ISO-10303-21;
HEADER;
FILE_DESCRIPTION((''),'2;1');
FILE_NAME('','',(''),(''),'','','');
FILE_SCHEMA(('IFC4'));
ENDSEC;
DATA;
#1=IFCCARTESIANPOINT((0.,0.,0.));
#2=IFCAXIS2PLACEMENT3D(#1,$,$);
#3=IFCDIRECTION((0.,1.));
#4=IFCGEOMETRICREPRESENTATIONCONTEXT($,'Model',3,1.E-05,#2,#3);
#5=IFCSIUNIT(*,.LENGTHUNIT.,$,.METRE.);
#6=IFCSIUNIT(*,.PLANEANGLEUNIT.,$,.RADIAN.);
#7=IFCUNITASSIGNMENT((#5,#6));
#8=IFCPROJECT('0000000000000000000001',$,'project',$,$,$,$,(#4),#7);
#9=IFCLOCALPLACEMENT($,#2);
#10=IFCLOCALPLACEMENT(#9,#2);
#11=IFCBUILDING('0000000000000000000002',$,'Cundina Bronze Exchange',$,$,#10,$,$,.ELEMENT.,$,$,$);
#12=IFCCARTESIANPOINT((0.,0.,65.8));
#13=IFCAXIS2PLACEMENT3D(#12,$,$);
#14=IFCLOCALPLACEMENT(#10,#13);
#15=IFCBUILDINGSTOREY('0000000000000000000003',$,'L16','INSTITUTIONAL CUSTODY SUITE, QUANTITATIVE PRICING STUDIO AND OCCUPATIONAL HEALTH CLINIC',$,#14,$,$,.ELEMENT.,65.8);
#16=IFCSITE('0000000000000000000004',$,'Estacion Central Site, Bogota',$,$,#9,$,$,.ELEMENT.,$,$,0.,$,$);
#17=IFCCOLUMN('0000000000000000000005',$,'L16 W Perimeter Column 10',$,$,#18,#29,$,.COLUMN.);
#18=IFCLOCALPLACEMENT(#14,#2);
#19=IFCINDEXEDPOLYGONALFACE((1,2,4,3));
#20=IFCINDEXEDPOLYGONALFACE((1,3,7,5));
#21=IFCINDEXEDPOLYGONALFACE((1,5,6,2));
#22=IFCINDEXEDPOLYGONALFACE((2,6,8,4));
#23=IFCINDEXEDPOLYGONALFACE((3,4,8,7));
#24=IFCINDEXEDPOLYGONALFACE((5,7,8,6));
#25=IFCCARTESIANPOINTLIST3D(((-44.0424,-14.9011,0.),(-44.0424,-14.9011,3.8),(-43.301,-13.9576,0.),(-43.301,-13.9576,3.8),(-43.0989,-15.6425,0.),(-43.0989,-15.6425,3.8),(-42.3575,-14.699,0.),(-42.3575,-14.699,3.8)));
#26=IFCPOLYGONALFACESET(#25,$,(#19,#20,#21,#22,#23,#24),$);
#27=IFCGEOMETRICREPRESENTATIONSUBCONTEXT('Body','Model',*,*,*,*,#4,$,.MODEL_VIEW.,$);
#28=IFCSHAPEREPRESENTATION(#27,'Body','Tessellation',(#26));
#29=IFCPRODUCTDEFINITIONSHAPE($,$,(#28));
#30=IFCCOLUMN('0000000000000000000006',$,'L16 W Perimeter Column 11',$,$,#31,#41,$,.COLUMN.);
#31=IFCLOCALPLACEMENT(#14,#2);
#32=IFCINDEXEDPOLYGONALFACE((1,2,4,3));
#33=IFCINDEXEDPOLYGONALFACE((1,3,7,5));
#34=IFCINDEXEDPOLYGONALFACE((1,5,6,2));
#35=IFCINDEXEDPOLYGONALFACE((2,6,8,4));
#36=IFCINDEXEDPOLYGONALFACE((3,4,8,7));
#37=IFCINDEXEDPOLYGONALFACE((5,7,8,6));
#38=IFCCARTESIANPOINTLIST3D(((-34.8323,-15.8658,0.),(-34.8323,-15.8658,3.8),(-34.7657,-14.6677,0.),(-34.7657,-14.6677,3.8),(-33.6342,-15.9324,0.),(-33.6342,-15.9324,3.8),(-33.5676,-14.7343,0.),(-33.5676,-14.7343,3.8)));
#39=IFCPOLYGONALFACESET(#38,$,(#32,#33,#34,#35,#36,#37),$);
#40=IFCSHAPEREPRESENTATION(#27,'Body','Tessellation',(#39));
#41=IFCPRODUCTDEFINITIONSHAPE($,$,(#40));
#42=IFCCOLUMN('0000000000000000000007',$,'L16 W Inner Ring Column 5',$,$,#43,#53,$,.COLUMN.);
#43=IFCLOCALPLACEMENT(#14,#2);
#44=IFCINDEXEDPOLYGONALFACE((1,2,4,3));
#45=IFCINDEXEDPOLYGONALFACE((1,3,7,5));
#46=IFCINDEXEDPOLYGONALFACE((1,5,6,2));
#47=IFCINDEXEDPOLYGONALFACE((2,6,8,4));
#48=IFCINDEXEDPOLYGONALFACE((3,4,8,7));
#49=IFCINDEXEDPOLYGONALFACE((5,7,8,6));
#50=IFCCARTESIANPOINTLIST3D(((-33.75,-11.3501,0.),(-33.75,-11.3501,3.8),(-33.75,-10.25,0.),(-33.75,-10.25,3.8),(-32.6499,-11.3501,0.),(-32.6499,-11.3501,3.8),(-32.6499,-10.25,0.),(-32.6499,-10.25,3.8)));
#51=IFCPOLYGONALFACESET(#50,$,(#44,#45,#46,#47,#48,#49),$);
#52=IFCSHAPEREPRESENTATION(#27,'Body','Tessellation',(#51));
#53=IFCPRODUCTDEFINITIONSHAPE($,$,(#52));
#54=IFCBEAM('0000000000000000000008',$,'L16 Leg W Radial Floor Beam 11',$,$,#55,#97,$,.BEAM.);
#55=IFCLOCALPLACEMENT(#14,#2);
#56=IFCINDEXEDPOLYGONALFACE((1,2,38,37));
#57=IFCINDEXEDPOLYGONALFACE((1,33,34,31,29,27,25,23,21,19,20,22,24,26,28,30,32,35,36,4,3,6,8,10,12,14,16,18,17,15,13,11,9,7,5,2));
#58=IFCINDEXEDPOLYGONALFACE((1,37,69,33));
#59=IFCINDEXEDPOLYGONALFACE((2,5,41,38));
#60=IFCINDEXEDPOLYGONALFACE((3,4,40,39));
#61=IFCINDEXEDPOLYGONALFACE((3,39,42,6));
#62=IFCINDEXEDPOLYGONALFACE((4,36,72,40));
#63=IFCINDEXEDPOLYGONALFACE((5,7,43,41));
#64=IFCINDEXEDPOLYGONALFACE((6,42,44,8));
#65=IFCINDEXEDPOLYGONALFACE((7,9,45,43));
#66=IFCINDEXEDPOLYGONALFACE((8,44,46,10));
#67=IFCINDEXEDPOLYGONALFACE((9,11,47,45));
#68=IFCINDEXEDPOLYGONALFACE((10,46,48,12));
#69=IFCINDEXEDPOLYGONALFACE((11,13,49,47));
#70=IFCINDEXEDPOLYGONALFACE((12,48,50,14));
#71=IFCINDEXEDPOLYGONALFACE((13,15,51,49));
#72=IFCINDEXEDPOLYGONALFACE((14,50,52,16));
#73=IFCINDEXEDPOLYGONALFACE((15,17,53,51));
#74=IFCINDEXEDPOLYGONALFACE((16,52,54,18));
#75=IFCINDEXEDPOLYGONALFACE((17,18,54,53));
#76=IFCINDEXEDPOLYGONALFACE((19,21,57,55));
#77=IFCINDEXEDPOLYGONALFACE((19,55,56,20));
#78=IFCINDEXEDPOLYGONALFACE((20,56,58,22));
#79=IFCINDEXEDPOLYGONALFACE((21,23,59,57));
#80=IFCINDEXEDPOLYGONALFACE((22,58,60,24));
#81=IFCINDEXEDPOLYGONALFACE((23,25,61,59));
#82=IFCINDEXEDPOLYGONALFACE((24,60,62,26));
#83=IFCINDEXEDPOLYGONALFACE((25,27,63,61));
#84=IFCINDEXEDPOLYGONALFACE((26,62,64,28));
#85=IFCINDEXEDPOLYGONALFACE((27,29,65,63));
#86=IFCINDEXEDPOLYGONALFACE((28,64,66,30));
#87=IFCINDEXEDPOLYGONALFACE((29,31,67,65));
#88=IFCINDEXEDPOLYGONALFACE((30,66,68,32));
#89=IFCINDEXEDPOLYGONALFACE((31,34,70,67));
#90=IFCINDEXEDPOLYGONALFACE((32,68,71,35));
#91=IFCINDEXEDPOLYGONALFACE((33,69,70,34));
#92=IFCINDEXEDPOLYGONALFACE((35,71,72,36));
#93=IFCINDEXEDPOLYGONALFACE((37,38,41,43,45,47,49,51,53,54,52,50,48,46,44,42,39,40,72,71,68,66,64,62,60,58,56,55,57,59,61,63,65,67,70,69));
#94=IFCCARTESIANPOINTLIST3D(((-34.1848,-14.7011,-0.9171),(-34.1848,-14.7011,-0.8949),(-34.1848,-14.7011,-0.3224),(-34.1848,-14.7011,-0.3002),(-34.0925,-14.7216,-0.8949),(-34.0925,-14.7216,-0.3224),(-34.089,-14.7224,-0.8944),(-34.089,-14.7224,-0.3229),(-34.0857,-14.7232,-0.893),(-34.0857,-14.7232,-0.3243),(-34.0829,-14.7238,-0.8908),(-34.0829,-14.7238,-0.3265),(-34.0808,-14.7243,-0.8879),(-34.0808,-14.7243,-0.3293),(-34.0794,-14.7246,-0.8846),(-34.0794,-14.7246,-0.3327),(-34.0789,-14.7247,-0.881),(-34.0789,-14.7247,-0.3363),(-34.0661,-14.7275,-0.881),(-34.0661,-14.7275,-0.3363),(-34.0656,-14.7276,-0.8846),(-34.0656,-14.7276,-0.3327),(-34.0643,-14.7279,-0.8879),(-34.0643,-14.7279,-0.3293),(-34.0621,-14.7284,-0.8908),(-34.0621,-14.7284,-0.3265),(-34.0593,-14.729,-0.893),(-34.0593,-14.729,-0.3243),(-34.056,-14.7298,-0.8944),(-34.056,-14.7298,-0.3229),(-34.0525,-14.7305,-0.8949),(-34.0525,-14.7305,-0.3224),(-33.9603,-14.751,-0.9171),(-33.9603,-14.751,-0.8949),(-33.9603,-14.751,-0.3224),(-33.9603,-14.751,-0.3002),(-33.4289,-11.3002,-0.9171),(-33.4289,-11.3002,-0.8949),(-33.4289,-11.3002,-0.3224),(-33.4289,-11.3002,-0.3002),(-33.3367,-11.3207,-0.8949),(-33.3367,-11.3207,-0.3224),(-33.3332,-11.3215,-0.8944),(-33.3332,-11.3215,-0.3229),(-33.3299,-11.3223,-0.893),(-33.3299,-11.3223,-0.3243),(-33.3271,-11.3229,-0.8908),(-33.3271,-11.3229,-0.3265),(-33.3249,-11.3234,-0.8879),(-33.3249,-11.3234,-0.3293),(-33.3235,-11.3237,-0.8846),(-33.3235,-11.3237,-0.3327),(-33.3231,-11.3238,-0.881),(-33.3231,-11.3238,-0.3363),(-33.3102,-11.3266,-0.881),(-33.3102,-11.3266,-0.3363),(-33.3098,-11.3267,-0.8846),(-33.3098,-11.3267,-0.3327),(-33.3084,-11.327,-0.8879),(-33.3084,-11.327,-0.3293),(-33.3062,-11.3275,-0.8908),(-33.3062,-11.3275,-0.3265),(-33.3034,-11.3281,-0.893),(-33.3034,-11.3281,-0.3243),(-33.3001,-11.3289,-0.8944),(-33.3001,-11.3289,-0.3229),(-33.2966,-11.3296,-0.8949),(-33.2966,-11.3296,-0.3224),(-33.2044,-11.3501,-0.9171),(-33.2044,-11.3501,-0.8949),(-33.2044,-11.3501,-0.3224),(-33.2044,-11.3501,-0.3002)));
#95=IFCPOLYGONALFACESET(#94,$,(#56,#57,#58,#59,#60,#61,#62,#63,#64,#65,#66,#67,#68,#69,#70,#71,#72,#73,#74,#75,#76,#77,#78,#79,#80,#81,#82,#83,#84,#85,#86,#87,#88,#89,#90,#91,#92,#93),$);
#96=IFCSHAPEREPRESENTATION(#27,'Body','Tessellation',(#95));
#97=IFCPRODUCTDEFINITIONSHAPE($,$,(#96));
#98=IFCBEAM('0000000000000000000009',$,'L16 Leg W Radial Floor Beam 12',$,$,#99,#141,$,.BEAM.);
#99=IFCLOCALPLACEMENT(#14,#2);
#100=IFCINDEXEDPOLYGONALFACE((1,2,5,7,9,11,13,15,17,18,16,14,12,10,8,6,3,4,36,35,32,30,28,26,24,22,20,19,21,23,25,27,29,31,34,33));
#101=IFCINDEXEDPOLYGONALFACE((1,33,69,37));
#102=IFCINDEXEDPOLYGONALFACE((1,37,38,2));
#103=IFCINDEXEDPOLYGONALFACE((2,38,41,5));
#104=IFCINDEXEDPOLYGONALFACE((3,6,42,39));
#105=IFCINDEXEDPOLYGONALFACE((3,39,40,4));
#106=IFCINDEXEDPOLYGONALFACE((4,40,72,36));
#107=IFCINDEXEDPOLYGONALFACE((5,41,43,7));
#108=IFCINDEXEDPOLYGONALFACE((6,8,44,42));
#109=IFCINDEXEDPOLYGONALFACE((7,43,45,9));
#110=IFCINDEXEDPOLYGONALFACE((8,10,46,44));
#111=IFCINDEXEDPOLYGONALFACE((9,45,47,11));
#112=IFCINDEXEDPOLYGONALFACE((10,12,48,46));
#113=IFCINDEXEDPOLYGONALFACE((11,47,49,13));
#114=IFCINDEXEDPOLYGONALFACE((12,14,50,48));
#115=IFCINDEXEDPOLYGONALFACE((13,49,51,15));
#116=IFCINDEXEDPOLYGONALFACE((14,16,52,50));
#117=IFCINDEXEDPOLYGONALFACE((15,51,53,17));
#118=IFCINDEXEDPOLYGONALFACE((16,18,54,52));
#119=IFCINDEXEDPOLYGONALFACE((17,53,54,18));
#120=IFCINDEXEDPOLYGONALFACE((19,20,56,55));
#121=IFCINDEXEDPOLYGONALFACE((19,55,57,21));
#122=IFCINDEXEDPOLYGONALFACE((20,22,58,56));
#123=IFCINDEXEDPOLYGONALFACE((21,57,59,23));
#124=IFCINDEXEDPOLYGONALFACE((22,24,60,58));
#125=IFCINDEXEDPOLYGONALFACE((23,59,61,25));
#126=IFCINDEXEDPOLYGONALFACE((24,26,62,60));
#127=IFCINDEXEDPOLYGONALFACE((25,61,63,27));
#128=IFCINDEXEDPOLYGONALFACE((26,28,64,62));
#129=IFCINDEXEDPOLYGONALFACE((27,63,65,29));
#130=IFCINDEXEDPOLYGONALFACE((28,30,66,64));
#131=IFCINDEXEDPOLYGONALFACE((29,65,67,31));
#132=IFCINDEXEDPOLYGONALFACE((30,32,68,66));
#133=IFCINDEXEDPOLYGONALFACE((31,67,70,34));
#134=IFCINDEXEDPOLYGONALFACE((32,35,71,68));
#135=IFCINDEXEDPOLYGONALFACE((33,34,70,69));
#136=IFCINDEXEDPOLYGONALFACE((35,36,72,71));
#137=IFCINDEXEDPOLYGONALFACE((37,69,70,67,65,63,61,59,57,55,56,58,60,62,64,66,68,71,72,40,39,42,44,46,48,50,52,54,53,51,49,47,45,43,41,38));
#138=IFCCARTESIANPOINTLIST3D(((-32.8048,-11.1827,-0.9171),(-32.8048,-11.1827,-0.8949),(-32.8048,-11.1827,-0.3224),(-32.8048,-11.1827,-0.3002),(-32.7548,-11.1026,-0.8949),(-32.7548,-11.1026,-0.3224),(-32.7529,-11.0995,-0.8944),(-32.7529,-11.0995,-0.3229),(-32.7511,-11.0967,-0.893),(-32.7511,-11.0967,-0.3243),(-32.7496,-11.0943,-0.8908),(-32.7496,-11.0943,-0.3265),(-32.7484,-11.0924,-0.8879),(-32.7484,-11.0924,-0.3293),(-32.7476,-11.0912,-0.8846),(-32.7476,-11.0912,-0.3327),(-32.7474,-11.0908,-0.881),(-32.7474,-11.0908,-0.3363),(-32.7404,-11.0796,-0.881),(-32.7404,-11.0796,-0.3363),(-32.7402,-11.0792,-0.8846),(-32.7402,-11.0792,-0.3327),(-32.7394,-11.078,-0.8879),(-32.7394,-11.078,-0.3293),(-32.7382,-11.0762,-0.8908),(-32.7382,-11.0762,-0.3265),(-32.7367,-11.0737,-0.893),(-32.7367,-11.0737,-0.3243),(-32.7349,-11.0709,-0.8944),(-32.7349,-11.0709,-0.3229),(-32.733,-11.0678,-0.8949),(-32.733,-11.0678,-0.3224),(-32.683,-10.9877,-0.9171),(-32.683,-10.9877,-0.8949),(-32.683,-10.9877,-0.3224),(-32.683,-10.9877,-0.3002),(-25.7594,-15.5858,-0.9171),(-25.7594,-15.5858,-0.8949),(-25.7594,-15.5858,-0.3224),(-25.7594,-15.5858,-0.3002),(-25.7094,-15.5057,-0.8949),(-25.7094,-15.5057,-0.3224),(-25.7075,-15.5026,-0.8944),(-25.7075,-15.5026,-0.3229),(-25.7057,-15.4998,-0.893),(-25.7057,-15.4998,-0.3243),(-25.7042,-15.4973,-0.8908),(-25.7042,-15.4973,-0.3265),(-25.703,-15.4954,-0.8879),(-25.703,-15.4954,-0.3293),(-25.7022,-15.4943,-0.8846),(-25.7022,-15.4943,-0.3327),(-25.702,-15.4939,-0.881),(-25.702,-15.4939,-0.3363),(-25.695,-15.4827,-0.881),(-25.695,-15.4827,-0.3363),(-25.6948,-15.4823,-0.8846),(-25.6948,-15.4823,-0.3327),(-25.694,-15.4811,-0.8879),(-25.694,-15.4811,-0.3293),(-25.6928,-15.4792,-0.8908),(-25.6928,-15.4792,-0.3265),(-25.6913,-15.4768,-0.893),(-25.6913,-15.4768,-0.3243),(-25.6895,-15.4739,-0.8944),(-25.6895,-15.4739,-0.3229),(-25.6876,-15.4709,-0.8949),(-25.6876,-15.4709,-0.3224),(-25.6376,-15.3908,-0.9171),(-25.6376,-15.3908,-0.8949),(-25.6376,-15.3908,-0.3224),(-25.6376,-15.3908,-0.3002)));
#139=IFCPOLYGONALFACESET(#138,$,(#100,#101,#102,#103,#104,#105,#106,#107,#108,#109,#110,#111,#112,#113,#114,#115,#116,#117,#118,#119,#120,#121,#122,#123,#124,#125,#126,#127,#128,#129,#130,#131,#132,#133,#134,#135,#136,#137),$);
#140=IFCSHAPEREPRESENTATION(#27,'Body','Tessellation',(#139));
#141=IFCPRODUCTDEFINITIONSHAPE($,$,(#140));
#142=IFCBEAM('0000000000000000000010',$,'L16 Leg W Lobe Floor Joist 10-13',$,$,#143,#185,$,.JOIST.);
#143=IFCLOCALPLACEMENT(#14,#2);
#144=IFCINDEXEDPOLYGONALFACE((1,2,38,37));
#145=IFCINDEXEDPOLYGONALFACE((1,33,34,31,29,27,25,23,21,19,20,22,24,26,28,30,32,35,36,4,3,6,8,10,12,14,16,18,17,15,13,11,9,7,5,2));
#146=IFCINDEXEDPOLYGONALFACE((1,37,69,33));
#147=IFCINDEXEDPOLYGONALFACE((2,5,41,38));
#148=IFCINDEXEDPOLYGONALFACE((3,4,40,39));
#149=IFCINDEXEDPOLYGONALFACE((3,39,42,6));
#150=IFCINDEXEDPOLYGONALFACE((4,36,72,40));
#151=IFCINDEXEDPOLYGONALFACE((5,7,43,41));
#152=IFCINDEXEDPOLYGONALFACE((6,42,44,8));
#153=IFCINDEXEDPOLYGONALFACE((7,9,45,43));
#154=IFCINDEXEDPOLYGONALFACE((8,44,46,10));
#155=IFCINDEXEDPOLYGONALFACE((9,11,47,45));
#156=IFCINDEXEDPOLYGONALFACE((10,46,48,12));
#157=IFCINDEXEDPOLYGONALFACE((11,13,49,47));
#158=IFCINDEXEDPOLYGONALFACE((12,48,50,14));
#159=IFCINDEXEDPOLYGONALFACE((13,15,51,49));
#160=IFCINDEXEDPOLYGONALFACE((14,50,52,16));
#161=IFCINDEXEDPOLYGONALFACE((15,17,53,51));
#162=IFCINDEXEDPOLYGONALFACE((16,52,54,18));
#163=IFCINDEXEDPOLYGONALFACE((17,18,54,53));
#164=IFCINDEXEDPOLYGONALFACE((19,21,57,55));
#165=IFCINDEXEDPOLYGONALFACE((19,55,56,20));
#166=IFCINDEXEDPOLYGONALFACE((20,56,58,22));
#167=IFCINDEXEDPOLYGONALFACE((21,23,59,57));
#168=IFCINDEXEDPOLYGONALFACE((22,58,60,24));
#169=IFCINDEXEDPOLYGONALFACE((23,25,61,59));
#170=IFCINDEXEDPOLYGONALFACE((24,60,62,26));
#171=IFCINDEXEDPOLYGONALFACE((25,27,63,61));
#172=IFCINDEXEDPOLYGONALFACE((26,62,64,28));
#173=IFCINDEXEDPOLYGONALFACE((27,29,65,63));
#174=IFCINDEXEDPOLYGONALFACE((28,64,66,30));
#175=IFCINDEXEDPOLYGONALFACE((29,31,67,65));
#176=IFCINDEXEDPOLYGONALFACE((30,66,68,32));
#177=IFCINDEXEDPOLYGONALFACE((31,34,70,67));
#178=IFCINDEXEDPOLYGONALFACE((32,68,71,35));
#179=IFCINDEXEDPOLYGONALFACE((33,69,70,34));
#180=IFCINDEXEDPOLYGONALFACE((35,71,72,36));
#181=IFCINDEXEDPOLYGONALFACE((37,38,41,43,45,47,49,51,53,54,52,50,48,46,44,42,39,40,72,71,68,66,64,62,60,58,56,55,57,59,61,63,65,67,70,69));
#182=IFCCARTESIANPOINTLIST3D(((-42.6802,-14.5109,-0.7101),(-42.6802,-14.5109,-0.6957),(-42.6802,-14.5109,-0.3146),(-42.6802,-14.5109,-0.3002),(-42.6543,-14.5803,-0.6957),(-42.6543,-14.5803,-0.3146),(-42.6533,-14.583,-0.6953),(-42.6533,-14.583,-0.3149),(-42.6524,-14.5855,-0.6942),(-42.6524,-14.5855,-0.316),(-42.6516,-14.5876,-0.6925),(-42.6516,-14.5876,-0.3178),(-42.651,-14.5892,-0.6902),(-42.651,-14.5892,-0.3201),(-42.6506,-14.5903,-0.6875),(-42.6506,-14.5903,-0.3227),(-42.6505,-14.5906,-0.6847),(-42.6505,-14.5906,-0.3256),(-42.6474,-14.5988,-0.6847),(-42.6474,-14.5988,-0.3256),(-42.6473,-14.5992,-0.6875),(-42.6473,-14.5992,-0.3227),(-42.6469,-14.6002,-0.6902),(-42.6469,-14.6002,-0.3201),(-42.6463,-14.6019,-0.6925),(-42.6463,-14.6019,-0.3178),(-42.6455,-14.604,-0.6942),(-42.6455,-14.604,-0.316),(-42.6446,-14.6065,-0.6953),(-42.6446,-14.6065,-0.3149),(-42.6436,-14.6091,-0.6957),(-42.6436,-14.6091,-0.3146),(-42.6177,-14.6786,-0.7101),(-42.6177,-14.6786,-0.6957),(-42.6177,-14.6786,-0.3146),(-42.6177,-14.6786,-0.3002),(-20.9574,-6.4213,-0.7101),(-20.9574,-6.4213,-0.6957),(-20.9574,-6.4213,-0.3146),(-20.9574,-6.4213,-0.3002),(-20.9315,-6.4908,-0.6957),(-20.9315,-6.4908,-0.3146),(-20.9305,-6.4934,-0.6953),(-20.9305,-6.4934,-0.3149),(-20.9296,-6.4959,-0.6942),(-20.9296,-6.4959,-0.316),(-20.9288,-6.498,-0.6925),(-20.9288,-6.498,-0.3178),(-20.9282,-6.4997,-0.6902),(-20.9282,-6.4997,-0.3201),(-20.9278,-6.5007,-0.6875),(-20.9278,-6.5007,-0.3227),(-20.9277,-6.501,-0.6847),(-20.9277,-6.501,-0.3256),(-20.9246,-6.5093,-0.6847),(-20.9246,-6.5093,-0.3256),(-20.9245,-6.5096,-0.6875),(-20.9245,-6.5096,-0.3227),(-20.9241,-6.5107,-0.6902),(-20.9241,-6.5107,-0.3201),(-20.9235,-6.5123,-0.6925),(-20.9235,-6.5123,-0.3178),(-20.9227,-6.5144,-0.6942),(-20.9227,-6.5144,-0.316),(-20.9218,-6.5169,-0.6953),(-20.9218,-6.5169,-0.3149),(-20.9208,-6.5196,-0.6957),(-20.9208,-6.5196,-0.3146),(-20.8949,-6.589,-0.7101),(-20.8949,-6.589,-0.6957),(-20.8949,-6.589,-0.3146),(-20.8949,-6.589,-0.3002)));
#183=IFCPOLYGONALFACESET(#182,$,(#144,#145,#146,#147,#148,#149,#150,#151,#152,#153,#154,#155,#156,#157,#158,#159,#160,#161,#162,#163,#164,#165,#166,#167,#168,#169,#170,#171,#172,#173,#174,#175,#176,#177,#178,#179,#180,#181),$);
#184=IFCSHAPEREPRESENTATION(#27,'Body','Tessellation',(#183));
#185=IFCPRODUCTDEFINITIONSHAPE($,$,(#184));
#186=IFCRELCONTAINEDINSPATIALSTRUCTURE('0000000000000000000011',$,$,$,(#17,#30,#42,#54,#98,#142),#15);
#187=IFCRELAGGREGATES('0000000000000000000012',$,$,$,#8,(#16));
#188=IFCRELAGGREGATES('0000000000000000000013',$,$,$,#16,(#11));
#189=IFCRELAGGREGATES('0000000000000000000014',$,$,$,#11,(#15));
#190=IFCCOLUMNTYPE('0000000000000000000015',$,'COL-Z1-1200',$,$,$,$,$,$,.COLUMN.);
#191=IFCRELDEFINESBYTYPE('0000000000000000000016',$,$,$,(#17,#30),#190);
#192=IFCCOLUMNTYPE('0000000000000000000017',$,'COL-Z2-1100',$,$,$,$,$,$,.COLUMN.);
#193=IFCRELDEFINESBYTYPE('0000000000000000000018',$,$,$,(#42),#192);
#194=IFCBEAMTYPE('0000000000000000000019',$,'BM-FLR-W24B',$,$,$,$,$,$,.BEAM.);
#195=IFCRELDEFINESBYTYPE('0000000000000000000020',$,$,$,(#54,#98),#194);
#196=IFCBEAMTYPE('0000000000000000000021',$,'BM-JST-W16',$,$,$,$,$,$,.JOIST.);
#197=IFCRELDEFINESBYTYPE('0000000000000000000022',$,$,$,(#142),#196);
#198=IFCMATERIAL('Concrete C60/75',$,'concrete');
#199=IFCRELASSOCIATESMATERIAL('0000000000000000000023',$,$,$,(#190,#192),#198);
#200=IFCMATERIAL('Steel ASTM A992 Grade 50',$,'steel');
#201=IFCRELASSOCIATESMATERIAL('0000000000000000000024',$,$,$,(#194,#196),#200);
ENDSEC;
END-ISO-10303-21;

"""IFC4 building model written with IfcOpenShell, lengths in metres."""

from ifc_helpers import new_model, si_unit, direction, frame, origin, origin_2d, place, context, subcontext, project, spatial, rectangle, i_section, extrude, material, material_profile, profile_set, type_object, element, save


model = new_model("IFC4")

# Units and contexts
model_context = context("Model", 3, precision=1e-05, world=origin(), true_north=direction((0.0, 1.0)))
body_context = subcontext(model_context, "Body", "Model", "MODEL_VIEW")
ifc_project = project(units=[si_unit("LENGTHUNIT", "METRE"), si_unit("PLANEANGLEUNIT", "RADIAN")], contexts=[model_context])

# Site, building, storey
site_placement = place(None, origin())
site = spatial("IfcSite", under=ifc_project, at=site_placement, Name="Estacion Central Site, Bogota", CompositionType="ELEMENT", RefElevation=0.0)
building_placement = place(site_placement, origin())
building = spatial("IfcBuilding", under=site, at=building_placement, Name="Cundina Bronze Exchange", CompositionType="ELEMENT")
storey_placement = place(building_placement, frame((0.0, 0.0, 65.8)))
storey = spatial("IfcBuildingStorey", under=building, at=storey_placement, Name="L16", Description="INSTITUTIONAL CUSTODY SUITE, QUANTITATIVE PRICING STUDIO AND OCCUPATIONAL HEALTH CLINIC", CompositionType="ELEMENT", Elevation=65.8)

# Columns
ifc_material_1 = material(Name="Concrete C60/75", Category="concrete")
ifc_material_profile_1 = material_profile(ifc_material_1, rectangle(XDim=1.2, YDim=1.2, at=origin_2d()), Name="RC1200X1200", Category="concrete")
ifc_profile_set_1 = profile_set([ifc_material_profile_1], Name="Concrete C60/75")
column_type_1 = type_object("IfcColumnType", Name="COL-Z1-1200", PredefinedType="COLUMN", material=ifc_profile_set_1)
for number, where, z_axis, x_axis, name in (
    (1, (-43.2, -14.8, 0.0), (0.0, 0.0, 1.0), (0.786288, -0.61786, 0.0), "L16 W Perimeter Column 10"),
    (2, (-34.2, -15.3, 0.0), (0.0, 0.0, 1.0), (0.99846, -0.055473, 0.0), "L16 W Perimeter Column 11"),
):
    element("IfcColumn", number, at=place(storey_placement, frame(where, z_axis=z_axis, x_axis=x_axis)), inside=storey, type_object=column_type_1, Name=name, PredefinedType="COLUMN", context=body_context, shape_type="SweptSolid", body=[
        extrude(rectangle(XDim=1.2, YDim=1.2, at=origin_2d()), origin(), (0.0, 0.0, 1.0), 3.8),
    ])
ifc_material_profile_2 = material_profile(ifc_material_1, rectangle(XDim=1.1001, YDim=1.1001, at=origin_2d()), Name="RC1100X1100", Category="concrete")
ifc_profile_set_2 = profile_set([ifc_material_profile_2], Name="Concrete C60/75")
column_type_2 = type_object("IfcColumnType", Name="COL-Z2-1100", PredefinedType="COLUMN", material=ifc_profile_set_2)
column_placement = place(storey_placement, frame((-33.2, -10.8, 0.0), z_axis=(0.0, 0.0, 1.0), x_axis=(1.0, 0.0, 0.0)))
element("IfcColumn", 3, at=column_placement, inside=storey, type_object=column_type_2, Name="L16 W Inner Ring Column 5", PredefinedType="COLUMN", context=body_context, shape_type="SweptSolid", body=[
    extrude(rectangle(XDim=1.1001, YDim=1.1001, at=origin_2d()), origin(), (0.0, 0.0, 1.0), 3.8),
])

# Beams
ifc_material_2 = material(Name="Steel ASTM A992 Grade 50", Category="steel")
ifc_material_profile_3 = material_profile(ifc_material_2, i_section(OverallWidth=0.23, OverallDepth=0.6169, WebThickness=0.0132, FlangeThickness=0.0222, FilletRadius=0.0139, at=origin_2d()), Name="W24X94", Category="steel")
ifc_profile_set_3 = profile_set([ifc_material_profile_3], Name="Steel ASTM A992 Grade 50")
beam_type_1 = type_object("IfcBeamType", Name="BM-FLR-W24B", PredefinedType="BEAM", material=ifc_profile_set_3)
beam_1_placement = place(storey_placement, frame((-33.3167, -11.3252, -0.6086), z_axis=(-0.21696, -0.97618, 0.0), x_axis=(0.97618, -0.21696, 0.0)))
element("IfcBeam", 4, at=beam_1_placement, inside=storey, type_object=beam_type_1, Name="L16 Leg W Radial Floor Beam 11", PredefinedType="BEAM", context=body_context, shape_type="SweptSolid", body=[
    extrude(i_section(OverallWidth=0.23, OverallDepth=0.6169, WebThickness=0.0132, FlangeThickness=0.0222, FilletRadius=0.0139, at=origin_2d()), origin(), (0.0, 0.0, 1.0), 3.4839),
])
beam_2_placement = place(storey_placement, frame((-32.7439, -11.0852, -0.6086), z_axis=(0.848015, -0.529973, 0.0), x_axis=(0.529973, 0.848015, 0.0)))
element("IfcBeam", 5, at=beam_2_placement, inside=storey, type_object=beam_type_1, Name="L16 Leg W Radial Floor Beam 12", PredefinedType="BEAM", context=body_context, shape_type="SweptSolid", body=[
    extrude(i_section(OverallWidth=0.23, OverallDepth=0.6169, WebThickness=0.0132, FlangeThickness=0.0222, FilletRadius=0.0139, at=origin_2d()), origin(), (0.0, 0.0, 1.0), 8.3081),
])
ifc_material_profile_4 = material_profile(ifc_material_2, i_section(OverallWidth=0.179, OverallDepth=0.4099, WebThickness=0.0088, FlangeThickness=0.0144, FilletRadius=0.011, at=origin_2d()), Name="W16X45", Category="steel")
ifc_profile_set_4 = profile_set([ifc_material_profile_4], Name="Steel ASTM A992 Grade 50")
beam_type_2 = type_object("IfcBeamType", Name="BM-JST-W16", PredefinedType="JOIST", material=ifc_profile_set_4)
beam_3_placement = place(storey_placement, frame((-42.6489, -14.5947, -0.5051), z_axis=(0.937128, 0.348986, 0.0), x_axis=(-0.348986, 0.937128, 0.0)))
element("IfcBeam", 6, at=beam_3_placement, inside=storey, type_object=beam_type_2, Name="L16 Leg W Lobe Floor Joist 10-13", PredefinedType="JOIST", context=body_context, shape_type="SweptSolid", body=[
    extrude(i_section(OverallWidth=0.179, OverallDepth=0.4099, WebThickness=0.0088, FlangeThickness=0.0144, FilletRadius=0.011, at=origin_2d()), origin(), (0.0, 0.0, 1.0), 23.1802),
])

save(model, "model.ifc")
